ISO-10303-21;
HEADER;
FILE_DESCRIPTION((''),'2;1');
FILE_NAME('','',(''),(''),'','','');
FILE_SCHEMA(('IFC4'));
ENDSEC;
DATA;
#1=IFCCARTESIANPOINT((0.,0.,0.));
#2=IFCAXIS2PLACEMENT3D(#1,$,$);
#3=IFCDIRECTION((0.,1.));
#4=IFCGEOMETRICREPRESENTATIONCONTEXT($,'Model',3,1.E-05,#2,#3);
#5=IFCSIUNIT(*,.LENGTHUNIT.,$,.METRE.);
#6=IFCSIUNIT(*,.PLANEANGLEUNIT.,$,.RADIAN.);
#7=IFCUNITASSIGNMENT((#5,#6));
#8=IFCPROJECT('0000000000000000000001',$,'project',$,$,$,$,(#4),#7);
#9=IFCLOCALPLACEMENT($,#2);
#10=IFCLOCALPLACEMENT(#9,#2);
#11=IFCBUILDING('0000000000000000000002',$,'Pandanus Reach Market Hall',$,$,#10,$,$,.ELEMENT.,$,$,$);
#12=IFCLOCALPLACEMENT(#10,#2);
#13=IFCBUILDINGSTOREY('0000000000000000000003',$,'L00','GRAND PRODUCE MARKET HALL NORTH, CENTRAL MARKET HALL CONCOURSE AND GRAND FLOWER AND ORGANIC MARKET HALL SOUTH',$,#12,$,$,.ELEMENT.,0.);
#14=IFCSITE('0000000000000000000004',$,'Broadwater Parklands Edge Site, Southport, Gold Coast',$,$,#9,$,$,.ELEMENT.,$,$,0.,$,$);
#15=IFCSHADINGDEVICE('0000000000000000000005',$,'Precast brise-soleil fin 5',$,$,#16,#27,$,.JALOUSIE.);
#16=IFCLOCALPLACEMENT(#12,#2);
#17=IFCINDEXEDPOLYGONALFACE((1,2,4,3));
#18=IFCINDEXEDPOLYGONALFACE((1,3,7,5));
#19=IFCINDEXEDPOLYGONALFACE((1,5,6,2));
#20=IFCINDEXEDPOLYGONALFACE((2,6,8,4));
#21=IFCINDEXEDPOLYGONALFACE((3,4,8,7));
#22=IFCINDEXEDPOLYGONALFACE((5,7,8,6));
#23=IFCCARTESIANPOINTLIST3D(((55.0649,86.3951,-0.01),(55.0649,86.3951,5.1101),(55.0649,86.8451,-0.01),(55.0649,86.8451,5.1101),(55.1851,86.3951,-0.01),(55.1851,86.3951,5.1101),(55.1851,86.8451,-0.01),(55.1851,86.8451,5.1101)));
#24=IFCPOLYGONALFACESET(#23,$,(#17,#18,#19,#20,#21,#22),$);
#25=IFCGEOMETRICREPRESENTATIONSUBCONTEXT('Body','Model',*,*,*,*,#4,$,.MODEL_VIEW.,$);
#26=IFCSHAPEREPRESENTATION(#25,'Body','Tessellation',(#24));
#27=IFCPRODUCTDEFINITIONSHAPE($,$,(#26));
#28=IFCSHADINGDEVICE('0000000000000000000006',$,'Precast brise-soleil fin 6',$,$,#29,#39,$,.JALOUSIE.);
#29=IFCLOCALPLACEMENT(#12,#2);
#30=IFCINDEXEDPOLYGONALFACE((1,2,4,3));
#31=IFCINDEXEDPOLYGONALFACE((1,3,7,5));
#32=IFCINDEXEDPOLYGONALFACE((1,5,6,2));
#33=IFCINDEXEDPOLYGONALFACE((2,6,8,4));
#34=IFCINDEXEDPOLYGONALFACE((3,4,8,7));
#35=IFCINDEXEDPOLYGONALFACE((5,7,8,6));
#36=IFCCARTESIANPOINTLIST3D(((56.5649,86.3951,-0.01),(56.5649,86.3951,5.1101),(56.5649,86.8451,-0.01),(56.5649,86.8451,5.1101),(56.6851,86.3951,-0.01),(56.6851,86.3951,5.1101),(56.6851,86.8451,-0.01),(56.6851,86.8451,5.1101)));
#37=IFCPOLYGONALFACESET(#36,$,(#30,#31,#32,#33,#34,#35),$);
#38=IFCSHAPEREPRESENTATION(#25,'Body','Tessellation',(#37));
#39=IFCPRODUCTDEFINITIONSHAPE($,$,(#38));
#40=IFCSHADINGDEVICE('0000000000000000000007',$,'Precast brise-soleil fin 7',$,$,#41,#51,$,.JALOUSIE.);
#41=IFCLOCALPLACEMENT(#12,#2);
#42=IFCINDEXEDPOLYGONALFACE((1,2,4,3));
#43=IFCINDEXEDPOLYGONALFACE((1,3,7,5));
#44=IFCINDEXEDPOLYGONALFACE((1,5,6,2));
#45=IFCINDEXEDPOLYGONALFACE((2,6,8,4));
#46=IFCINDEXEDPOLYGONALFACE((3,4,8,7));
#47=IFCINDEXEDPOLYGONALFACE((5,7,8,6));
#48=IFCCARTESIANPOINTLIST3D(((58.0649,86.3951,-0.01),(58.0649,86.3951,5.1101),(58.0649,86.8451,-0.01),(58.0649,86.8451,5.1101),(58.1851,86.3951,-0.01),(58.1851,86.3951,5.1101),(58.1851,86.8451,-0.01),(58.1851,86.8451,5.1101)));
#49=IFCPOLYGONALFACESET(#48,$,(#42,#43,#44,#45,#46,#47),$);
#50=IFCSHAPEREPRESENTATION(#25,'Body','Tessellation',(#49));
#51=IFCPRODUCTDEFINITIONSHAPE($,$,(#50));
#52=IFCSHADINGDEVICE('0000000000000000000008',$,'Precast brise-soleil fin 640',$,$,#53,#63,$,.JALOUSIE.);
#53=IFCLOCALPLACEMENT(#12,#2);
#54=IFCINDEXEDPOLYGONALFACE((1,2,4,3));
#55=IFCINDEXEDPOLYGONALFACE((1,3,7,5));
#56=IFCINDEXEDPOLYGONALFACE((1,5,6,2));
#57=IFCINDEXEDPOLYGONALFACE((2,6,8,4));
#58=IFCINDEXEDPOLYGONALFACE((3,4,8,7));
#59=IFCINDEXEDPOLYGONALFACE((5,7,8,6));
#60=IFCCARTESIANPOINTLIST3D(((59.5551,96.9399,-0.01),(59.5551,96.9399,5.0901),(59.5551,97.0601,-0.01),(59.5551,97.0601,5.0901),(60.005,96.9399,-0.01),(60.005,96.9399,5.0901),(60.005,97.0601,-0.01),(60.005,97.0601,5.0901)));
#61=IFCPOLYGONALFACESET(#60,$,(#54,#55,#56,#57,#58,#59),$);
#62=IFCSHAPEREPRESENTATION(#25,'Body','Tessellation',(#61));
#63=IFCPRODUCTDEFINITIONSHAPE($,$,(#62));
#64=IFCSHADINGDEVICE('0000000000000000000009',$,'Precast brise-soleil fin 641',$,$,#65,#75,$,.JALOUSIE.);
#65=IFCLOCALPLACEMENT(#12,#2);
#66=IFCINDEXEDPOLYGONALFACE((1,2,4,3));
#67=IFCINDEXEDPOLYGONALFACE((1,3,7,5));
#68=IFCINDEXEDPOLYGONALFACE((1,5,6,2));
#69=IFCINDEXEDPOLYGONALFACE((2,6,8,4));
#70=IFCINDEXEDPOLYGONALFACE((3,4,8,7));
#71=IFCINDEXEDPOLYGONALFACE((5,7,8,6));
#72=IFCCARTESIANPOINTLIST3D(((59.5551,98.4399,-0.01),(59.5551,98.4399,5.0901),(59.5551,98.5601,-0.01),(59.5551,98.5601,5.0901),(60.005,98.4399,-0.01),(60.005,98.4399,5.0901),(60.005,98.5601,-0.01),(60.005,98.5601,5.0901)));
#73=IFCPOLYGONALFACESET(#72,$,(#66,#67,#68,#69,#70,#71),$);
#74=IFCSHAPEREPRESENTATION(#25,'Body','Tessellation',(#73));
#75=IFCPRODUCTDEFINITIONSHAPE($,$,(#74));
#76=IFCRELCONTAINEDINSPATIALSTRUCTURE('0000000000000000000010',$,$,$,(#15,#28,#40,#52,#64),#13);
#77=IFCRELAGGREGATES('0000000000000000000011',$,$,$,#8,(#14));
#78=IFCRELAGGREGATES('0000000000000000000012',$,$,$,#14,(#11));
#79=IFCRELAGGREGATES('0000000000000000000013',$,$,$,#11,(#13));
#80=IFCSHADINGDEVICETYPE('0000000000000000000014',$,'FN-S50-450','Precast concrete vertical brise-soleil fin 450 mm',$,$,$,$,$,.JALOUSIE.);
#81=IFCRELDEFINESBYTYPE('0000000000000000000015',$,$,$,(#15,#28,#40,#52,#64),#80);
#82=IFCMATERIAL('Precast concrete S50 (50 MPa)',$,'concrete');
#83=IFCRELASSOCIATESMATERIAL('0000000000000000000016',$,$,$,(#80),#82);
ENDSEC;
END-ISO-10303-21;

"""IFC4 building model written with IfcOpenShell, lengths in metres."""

from ifc_helpers import new_model, si_unit, direction, frame, origin, origin_2d, place, context, subcontext, project, spatial, rectangle, extrude, material, type_object, element, save


model = new_model("IFC4")

# Units and contexts
model_context = context("Model", 3, precision=1e-05, world=origin(), true_north=direction((0.0, 1.0)))
body_context = subcontext(model_context, "Body", "Model", "MODEL_VIEW")
ifc_project = project(units=[si_unit("LENGTHUNIT", "METRE"), si_unit("PLANEANGLEUNIT", "RADIAN")], contexts=[model_context])

# Site, building, storey
site_placement = place(None, origin())
site = spatial("IfcSite", under=ifc_project, at=site_placement, Name="Broadwater Parklands Edge Site, Southport, Gold Coast", CompositionType="ELEMENT", RefElevation=0.0)
building_placement = place(site_placement, origin())
building = spatial("IfcBuilding", under=site, at=building_placement, Name="Pandanus Reach Market Hall", CompositionType="ELEMENT")
storey_placement = place(building_placement, origin())
storey = spatial("IfcBuildingStorey", under=building, at=storey_placement, Name="L00", Description="GRAND PRODUCE MARKET HALL NORTH, CENTRAL MARKET HALL CONCOURSE AND GRAND FLOWER AND ORGANIC MARKET HALL SOUTH", CompositionType="ELEMENT", Elevation=0.0)

# Shared definitions
ifc_material_1 = material(Name="Precast concrete S50 (50 MPa)", Category="concrete")

# Shading devices
shading_device_type = type_object("IfcShadingDeviceType", Name="FN-S50-450", Description="Precast concrete vertical brise-soleil fin 450 mm", PredefinedType="JALOUSIE", material=ifc_material_1)
for number, where, z_axis, x_axis, name in (
    (1, (55.125, 86.6201, -0.01), (0.0, 0.0, 1.0), (0.0, 1.0, 0.0), "Precast brise-soleil fin 5"),
    (2, (56.625, 86.6201, -0.01), (0.0, 0.0, 1.0), (0.0, 1.0, 0.0), "Precast brise-soleil fin 6"),
    (3, (58.125, 86.6201, -0.01), (0.0, 0.0, 1.0), (0.0, 1.0, 0.0), "Precast brise-soleil fin 7"),
):
    element("IfcShadingDevice", number, at=place(storey_placement, frame(where, z_axis=z_axis, x_axis=x_axis)), inside=storey, type_object=shading_device_type, Name=name, PredefinedType="JALOUSIE", context=body_context, shape_type="SweptSolid", body=[
        extrude(rectangle(XDim=0.45, YDim=0.1201, at=origin_2d()), origin(), (0.0, 0.0, 1.0), 5.1201),
    ])
for number, where, z_axis, x_axis, name in (
    (4, (59.78, 97.0, -0.01), (0.0, 0.0, 1.0), (-1.0, 0.0, 0.0), "Precast brise-soleil fin 640"),
    (5, (59.78, 98.5, -0.01), (0.0, 0.0, 1.0), (-1.0, 0.0, 0.0), "Precast brise-soleil fin 641"),
):
    element("IfcShadingDevice", number, at=place(storey_placement, frame(where, z_axis=z_axis, x_axis=x_axis)), inside=storey, type_object=shading_device_type, Name=name, PredefinedType="JALOUSIE", context=body_context, shape_type="SweptSolid", body=[
        extrude(rectangle(XDim=0.45, YDim=0.1201, at=origin_2d()), origin(), (0.0, 0.0, 1.0), 5.1001),
    ])

save(model, "model.ifc")
